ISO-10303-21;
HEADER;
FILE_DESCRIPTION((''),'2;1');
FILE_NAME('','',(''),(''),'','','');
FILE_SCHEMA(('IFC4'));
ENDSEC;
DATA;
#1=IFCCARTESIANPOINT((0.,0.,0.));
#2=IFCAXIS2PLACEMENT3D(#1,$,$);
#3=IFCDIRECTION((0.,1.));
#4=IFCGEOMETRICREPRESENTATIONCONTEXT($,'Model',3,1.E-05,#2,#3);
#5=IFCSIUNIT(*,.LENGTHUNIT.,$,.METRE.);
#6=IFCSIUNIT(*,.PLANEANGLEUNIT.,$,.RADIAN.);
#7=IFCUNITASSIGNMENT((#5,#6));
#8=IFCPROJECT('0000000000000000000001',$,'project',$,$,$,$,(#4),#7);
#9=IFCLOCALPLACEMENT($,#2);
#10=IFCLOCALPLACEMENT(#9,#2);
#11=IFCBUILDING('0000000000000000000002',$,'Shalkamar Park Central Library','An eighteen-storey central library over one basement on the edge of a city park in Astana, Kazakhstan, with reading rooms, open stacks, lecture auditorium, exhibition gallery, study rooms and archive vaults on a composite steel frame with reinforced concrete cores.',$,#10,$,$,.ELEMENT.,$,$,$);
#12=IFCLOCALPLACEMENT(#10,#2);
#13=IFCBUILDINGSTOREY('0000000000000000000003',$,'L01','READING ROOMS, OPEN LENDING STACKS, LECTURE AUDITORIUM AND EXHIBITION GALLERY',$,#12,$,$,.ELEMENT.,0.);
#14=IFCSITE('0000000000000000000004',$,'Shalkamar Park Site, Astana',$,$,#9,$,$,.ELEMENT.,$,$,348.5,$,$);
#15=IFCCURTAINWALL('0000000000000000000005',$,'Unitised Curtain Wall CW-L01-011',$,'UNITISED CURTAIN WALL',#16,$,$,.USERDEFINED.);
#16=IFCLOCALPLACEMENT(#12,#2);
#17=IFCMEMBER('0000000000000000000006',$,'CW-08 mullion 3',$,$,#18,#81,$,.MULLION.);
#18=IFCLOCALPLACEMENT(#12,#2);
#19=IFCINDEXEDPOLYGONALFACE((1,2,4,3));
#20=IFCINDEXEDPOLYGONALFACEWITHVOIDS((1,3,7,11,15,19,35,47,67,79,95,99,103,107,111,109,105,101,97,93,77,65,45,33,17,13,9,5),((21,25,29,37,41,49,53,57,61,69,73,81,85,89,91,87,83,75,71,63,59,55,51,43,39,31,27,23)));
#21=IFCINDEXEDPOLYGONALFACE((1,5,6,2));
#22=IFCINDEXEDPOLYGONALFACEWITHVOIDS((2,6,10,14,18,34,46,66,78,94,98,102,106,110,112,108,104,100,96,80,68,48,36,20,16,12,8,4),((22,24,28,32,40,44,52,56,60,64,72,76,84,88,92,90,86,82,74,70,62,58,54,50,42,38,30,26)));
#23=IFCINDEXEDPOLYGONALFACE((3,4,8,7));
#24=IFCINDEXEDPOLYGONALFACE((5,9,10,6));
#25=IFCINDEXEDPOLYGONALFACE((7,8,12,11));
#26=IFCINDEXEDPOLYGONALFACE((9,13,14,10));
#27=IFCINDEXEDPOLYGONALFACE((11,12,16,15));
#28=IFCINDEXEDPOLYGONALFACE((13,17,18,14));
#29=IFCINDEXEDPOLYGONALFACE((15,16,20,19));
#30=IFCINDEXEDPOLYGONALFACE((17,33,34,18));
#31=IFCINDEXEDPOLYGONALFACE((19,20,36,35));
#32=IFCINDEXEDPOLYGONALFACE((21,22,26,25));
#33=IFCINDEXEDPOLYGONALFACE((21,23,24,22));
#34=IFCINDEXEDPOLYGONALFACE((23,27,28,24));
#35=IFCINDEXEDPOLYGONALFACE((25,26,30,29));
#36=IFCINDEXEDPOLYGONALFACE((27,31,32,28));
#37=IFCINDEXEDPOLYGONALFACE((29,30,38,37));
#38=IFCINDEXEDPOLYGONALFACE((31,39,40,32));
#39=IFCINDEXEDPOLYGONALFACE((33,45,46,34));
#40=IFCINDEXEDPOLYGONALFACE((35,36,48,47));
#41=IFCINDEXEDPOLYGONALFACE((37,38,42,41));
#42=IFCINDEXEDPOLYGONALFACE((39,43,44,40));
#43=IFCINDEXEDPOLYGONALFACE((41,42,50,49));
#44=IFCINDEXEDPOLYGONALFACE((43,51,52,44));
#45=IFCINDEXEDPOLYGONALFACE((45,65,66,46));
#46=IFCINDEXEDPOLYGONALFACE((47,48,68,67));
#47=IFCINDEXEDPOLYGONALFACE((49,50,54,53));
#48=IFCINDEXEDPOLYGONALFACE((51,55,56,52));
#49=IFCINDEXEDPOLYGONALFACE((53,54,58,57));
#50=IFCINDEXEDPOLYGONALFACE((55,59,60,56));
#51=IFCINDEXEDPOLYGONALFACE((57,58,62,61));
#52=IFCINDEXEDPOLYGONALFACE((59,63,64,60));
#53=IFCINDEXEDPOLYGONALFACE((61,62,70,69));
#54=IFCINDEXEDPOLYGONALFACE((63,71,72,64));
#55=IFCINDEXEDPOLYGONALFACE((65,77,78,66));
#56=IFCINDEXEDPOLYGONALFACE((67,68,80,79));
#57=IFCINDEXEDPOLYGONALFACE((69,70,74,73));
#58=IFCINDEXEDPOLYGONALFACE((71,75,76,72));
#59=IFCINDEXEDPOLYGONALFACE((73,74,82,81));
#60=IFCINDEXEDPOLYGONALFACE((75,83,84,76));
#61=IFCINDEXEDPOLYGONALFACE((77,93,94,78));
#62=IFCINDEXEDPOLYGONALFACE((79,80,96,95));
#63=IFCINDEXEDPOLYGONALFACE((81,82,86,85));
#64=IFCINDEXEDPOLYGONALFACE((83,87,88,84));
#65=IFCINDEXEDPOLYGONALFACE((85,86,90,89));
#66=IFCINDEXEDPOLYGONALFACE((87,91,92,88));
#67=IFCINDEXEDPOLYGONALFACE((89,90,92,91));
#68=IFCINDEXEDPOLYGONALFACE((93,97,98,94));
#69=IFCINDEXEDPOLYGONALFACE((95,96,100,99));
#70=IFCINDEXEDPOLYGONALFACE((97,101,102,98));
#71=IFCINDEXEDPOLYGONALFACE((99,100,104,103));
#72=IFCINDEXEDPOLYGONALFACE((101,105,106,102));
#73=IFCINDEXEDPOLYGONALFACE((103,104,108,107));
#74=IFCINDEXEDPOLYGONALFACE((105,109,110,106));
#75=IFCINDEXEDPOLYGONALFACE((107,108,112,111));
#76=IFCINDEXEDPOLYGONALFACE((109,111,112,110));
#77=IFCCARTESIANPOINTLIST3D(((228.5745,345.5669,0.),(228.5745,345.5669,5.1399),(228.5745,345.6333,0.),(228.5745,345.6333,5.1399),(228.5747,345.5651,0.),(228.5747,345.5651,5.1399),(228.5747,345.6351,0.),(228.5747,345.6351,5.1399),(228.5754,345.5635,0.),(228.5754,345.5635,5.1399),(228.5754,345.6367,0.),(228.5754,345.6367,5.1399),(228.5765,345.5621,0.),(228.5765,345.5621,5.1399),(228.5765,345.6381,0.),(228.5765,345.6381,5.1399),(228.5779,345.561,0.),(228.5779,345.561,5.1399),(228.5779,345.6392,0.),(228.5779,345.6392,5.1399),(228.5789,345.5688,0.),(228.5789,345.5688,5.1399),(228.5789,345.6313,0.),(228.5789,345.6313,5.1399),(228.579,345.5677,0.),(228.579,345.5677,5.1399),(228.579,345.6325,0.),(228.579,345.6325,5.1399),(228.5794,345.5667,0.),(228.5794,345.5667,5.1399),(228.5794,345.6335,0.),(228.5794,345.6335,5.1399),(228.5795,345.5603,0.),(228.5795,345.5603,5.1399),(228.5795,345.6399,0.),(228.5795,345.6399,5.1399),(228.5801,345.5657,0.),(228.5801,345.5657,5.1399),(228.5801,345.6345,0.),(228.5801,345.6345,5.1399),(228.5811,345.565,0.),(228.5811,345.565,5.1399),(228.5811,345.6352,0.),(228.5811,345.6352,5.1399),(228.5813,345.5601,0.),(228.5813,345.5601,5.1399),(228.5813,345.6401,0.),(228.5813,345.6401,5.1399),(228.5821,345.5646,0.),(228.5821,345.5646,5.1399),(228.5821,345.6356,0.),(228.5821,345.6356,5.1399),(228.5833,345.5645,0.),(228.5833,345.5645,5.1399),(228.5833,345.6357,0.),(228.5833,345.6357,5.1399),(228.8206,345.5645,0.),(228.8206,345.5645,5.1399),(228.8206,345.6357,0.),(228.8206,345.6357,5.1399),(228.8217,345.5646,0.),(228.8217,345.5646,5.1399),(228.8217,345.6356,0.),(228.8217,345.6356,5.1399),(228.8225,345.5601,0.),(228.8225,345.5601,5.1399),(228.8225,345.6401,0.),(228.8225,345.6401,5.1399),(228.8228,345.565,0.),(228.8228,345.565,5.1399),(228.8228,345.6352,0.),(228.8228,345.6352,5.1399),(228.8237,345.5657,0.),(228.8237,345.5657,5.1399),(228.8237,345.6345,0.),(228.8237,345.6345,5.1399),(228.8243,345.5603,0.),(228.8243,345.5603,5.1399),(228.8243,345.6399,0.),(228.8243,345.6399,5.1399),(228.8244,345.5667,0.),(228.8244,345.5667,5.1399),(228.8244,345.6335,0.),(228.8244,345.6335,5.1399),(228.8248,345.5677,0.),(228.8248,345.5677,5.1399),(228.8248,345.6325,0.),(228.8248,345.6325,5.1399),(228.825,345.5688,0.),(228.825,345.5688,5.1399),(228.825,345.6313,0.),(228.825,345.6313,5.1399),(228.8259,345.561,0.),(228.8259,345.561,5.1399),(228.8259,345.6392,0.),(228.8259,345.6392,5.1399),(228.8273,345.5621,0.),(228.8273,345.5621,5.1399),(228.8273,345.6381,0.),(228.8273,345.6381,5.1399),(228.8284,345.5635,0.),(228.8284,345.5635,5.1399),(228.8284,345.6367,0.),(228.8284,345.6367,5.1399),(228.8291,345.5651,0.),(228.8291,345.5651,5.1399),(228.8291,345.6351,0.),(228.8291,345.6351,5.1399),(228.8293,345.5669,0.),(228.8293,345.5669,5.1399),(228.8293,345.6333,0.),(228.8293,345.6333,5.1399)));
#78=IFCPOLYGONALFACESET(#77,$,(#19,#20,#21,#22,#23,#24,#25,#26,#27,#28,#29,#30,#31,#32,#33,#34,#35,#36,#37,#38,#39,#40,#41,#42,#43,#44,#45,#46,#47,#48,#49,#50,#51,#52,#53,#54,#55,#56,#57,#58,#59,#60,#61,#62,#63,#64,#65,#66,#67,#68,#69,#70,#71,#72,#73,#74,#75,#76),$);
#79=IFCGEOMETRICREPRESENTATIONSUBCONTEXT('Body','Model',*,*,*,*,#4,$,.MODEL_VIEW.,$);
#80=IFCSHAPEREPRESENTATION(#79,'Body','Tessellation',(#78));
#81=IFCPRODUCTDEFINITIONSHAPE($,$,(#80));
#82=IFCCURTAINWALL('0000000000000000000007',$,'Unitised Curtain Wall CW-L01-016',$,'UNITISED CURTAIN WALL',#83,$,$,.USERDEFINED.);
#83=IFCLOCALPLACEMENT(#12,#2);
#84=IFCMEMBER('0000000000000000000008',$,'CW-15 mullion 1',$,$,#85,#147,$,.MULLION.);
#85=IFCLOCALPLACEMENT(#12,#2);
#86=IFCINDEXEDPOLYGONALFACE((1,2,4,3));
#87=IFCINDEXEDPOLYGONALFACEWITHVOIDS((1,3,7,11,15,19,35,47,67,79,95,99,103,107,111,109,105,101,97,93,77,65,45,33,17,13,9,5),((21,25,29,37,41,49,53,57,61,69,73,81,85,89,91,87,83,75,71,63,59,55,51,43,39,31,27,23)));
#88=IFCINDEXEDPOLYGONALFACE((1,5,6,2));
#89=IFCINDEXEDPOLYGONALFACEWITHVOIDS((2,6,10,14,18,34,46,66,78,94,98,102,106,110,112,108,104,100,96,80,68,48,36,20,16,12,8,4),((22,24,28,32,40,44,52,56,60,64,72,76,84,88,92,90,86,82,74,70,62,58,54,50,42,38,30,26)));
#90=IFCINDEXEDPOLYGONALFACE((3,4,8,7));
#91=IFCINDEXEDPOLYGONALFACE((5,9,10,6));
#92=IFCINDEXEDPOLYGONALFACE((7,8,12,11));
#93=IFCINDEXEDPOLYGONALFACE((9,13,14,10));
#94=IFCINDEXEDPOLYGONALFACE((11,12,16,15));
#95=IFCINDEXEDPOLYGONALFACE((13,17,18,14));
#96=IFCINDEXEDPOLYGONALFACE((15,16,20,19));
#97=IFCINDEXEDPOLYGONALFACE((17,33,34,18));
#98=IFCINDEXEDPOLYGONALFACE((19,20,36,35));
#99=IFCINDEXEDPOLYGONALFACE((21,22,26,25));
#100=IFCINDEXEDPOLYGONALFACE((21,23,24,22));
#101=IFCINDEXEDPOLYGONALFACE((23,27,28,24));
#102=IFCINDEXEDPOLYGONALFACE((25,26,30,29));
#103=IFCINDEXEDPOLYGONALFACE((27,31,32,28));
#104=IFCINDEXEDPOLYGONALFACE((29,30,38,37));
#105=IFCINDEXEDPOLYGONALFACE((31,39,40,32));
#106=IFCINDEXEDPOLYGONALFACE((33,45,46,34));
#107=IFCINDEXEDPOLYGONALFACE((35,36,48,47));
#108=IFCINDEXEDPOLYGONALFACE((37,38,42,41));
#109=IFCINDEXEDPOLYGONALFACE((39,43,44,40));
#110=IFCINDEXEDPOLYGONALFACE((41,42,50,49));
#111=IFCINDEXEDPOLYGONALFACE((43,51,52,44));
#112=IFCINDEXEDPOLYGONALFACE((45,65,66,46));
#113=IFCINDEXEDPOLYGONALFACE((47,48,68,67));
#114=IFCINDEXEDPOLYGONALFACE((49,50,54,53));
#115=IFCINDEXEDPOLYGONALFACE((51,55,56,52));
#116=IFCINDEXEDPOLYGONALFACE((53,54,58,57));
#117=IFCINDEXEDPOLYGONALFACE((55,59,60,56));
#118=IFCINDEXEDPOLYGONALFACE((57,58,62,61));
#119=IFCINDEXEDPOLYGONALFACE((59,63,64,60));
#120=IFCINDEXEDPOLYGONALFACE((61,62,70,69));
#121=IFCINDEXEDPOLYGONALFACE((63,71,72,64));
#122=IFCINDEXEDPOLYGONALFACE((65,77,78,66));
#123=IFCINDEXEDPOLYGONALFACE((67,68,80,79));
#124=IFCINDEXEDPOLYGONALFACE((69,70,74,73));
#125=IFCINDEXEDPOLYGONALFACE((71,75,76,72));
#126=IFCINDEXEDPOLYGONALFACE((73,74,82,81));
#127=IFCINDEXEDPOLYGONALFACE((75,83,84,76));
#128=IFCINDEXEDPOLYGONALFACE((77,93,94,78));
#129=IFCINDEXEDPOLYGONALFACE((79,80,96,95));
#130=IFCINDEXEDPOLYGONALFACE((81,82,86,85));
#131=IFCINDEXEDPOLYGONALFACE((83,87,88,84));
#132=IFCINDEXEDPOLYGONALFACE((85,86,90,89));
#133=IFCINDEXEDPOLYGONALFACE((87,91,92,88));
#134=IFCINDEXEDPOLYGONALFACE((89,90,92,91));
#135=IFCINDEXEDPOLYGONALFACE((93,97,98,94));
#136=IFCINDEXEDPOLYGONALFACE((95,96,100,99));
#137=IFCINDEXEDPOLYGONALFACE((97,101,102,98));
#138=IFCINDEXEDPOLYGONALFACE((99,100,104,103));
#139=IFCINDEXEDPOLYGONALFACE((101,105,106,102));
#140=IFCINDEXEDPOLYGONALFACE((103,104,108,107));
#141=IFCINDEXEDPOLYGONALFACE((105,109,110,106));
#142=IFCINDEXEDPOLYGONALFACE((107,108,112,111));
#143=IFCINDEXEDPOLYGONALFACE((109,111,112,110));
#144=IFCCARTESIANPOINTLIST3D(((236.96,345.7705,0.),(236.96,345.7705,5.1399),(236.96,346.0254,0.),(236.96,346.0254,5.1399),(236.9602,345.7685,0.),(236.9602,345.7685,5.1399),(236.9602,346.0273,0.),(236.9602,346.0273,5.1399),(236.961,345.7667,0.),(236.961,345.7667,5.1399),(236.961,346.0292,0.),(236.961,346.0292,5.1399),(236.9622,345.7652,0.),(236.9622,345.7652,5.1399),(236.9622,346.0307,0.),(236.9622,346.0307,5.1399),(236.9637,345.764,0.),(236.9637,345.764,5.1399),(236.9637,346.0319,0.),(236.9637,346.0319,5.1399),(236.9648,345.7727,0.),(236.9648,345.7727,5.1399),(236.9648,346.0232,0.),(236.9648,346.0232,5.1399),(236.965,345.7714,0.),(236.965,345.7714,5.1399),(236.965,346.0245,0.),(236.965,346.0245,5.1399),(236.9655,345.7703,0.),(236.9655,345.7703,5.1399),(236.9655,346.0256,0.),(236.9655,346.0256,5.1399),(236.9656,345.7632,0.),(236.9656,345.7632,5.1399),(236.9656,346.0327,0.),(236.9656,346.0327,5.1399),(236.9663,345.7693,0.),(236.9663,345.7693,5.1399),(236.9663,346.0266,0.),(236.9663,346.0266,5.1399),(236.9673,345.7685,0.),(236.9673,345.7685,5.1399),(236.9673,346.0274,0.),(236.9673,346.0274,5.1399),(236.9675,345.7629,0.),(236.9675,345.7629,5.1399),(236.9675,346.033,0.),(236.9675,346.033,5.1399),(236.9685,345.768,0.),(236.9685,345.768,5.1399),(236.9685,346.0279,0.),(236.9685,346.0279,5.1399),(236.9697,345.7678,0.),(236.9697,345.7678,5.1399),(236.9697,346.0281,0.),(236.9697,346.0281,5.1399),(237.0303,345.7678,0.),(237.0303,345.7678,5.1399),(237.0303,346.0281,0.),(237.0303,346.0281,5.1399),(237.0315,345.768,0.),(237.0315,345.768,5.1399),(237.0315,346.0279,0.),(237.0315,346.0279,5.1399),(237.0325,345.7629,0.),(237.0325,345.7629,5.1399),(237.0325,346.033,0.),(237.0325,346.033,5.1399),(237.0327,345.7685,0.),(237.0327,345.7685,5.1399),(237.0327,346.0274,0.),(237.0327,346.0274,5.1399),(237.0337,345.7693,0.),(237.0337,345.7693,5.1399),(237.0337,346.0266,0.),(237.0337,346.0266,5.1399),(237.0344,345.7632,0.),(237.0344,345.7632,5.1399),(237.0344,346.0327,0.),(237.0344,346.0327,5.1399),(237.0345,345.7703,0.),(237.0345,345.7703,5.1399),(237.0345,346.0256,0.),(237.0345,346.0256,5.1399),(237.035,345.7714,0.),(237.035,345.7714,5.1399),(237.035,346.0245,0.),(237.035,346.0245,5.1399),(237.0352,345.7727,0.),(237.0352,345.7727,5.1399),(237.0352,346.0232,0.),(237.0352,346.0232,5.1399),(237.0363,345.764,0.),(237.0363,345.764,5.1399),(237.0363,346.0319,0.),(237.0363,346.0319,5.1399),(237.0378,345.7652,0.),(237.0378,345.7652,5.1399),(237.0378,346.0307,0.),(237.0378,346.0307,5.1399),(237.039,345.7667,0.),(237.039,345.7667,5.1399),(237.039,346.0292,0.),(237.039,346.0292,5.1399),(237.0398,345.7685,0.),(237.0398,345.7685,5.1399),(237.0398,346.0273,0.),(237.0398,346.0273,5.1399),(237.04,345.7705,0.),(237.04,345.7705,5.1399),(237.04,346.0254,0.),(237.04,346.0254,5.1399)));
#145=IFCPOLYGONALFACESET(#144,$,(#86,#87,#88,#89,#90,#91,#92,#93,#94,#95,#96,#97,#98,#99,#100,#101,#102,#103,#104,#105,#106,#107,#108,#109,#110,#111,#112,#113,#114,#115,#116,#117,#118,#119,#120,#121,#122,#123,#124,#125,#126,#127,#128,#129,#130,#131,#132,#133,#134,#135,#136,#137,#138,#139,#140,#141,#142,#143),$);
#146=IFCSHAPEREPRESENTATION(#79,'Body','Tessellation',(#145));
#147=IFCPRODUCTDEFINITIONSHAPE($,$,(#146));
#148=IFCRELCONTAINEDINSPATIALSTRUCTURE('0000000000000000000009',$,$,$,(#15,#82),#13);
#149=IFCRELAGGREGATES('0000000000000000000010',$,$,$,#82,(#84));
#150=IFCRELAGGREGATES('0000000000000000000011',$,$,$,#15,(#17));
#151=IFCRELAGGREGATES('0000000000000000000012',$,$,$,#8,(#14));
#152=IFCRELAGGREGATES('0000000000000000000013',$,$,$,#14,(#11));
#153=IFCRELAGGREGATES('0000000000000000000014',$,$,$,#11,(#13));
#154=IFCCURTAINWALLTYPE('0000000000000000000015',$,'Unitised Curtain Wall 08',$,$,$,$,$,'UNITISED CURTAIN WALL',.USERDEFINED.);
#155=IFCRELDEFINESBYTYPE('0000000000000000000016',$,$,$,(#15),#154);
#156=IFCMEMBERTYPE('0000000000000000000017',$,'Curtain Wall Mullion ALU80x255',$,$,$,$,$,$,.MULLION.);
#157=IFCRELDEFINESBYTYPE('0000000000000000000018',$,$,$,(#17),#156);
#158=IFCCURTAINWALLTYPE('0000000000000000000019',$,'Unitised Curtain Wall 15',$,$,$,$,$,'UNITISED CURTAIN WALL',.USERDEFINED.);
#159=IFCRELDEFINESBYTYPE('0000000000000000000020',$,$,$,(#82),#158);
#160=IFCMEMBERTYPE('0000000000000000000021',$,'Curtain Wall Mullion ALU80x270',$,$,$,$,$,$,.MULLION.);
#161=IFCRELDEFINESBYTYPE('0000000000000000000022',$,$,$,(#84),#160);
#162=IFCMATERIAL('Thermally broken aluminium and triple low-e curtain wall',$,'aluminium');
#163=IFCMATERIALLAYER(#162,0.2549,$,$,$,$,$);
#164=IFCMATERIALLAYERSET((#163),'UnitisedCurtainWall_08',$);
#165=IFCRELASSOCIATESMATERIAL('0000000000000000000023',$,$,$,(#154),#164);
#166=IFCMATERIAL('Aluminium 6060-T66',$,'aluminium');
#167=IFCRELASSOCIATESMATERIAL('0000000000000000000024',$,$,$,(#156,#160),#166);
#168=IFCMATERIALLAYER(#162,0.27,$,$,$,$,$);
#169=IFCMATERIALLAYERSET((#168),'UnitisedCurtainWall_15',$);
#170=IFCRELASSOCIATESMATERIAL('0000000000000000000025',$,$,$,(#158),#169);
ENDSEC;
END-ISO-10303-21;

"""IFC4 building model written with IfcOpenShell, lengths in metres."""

from ifc_helpers import new_model, si_unit, direction, frame, origin, origin_2d, place, context, subcontext, project, spatial, hollow_rectangle, extrude, material, layer, layer_set, material_profile, profile_set, type_object, element, aggregate, save


model = new_model("IFC4")

# Units and contexts
model_context = context("Model", 3, precision=1e-05, world=origin(), true_north=direction((0.0, 1.0)))
body_context = subcontext(model_context, "Body", "Model", "MODEL_VIEW")
ifc_project = project(units=[si_unit("LENGTHUNIT", "METRE"), si_unit("PLANEANGLEUNIT", "RADIAN")], contexts=[model_context])

# Site, building, storey
site_placement = place(None, origin())
site = spatial("IfcSite", under=ifc_project, at=site_placement, Name="Shalkamar Park Site, Astana", CompositionType="ELEMENT", RefElevation=348.5)
building_placement = place(site_placement, origin())
building = spatial("IfcBuilding", under=site, at=building_placement, Name="Shalkamar Park Central Library", Description="An eighteen-storey central library over one basement on the edge of a city park in Astana, Kazakhstan, with reading rooms, open stacks, lecture auditorium, exhibition gallery, study rooms and archive vaults on a composite steel frame with reinforced concrete cores.", CompositionType="ELEMENT")
storey_placement = place(building_placement, origin())
storey = spatial("IfcBuildingStorey", under=building, at=storey_placement, Name="L01", Description="READING ROOMS, OPEN LENDING STACKS, LECTURE AUDITORIUM AND EXHIBITION GALLERY", CompositionType="ELEMENT", Elevation=0.0)

# Curtain walls, members
ifc_material_1 = material(Name="Thermally broken aluminium and triple low-e curtain wall", Category="aluminium")
ifc_layer_1 = layer(ifc_material_1, 0.2549)
ifc_layer_set_1 = layer_set([ifc_layer_1], Name="UnitisedCurtainWall_08")
curtain_wall_type_1 = type_object("IfcCurtainWallType", Name="Unitised Curtain Wall 08", ElementType="UNITISED CURTAIN WALL", PredefinedType="USERDEFINED", material=ifc_layer_set_1)
curtain_wall_1_placement = place(storey_placement, origin())
curtain_wall_1 = element("IfcCurtainWall", 1, at=curtain_wall_1_placement, inside=storey, type_object=curtain_wall_type_1, Name="Unitised Curtain Wall CW-L01-011", ObjectType="UNITISED CURTAIN WALL", PredefinedType="USERDEFINED")
ifc_material_2 = material(Name="Aluminium 6060-T66", Category="aluminium")
ifc_material_profile_1 = material_profile(ifc_material_2, hollow_rectangle(XDim=0.0801, YDim=0.2549, WallThickness=0.0044, InnerFilletRadius=0.0044, OuterFilletRadius=0.0068, at=origin_2d()), Name="ALU 80x255x4.5")
ifc_profile_set_1 = profile_set([ifc_material_profile_1], Name="Aluminium 6060-T66")
member_type_1 = type_object("IfcMemberType", Name="Curtain Wall Mullion ALU80x255", PredefinedType="MULLION", material=ifc_profile_set_1)
member_1_placement = place(storey_placement, frame((228.7019, 345.6001, 0.0), z_axis=(0.0, 0.0, 1.0), x_axis=(0.0, 1.0, 0.0)))
member_1 = element("IfcMember", 2, at=member_1_placement, type_object=member_type_1, Name="CW-08 mullion 3", PredefinedType="MULLION", context=body_context, shape_type="SweptSolid", body=[
    extrude(hollow_rectangle(XDim=0.0801, YDim=0.2549, WallThickness=0.0044, InnerFilletRadius=0.0044, OuterFilletRadius=0.0068, at=origin_2d()), origin(), (0.0, 0.0, 1.0), 5.1399),
])
ifc_layer_2 = layer(ifc_material_1, 0.27)
ifc_layer_set_2 = layer_set([ifc_layer_2], Name="UnitisedCurtainWall_15")
curtain_wall_type_2 = type_object("IfcCurtainWallType", Name="Unitised Curtain Wall 15", ElementType="UNITISED CURTAIN WALL", PredefinedType="USERDEFINED", material=ifc_layer_set_2)
curtain_wall_2_placement = place(storey_placement, origin())
curtain_wall_2 = element("IfcCurtainWall", 3, at=curtain_wall_2_placement, inside=storey, type_object=curtain_wall_type_2, Name="Unitised Curtain Wall CW-L01-016", ObjectType="UNITISED CURTAIN WALL", PredefinedType="USERDEFINED")
ifc_material_profile_2 = material_profile(ifc_material_2, hollow_rectangle(XDim=0.0801, YDim=0.27, WallThickness=0.0049, InnerFilletRadius=0.0049, OuterFilletRadius=0.0076, at=origin_2d()), Name="ALU 80x270x5")
ifc_profile_set_2 = profile_set([ifc_material_profile_2], Name="Aluminium 6060-T66")
member_type_2 = type_object("IfcMemberType", Name="Curtain Wall Mullion ALU80x270", PredefinedType="MULLION", material=ifc_profile_set_2)
member_2_placement = place(storey_placement, frame((237.0, 345.8979, 0.0), z_axis=(0.0, 0.0, 1.0), x_axis=(-1.0, 0.0, 0.0)))
member_2 = element("IfcMember", 4, at=member_2_placement, type_object=member_type_2, Name="CW-15 mullion 1", PredefinedType="MULLION", context=body_context, shape_type="SweptSolid", body=[
    extrude(hollow_rectangle(XDim=0.0801, YDim=0.27, WallThickness=0.0049, InnerFilletRadius=0.0049, OuterFilletRadius=0.0076, at=origin_2d()), origin(), (0.0, 0.0, 1.0), 5.1399),
])

aggregate(curtain_wall_2, [member_2])
aggregate(curtain_wall_1, [member_1])

save(model, "model.ifc")
